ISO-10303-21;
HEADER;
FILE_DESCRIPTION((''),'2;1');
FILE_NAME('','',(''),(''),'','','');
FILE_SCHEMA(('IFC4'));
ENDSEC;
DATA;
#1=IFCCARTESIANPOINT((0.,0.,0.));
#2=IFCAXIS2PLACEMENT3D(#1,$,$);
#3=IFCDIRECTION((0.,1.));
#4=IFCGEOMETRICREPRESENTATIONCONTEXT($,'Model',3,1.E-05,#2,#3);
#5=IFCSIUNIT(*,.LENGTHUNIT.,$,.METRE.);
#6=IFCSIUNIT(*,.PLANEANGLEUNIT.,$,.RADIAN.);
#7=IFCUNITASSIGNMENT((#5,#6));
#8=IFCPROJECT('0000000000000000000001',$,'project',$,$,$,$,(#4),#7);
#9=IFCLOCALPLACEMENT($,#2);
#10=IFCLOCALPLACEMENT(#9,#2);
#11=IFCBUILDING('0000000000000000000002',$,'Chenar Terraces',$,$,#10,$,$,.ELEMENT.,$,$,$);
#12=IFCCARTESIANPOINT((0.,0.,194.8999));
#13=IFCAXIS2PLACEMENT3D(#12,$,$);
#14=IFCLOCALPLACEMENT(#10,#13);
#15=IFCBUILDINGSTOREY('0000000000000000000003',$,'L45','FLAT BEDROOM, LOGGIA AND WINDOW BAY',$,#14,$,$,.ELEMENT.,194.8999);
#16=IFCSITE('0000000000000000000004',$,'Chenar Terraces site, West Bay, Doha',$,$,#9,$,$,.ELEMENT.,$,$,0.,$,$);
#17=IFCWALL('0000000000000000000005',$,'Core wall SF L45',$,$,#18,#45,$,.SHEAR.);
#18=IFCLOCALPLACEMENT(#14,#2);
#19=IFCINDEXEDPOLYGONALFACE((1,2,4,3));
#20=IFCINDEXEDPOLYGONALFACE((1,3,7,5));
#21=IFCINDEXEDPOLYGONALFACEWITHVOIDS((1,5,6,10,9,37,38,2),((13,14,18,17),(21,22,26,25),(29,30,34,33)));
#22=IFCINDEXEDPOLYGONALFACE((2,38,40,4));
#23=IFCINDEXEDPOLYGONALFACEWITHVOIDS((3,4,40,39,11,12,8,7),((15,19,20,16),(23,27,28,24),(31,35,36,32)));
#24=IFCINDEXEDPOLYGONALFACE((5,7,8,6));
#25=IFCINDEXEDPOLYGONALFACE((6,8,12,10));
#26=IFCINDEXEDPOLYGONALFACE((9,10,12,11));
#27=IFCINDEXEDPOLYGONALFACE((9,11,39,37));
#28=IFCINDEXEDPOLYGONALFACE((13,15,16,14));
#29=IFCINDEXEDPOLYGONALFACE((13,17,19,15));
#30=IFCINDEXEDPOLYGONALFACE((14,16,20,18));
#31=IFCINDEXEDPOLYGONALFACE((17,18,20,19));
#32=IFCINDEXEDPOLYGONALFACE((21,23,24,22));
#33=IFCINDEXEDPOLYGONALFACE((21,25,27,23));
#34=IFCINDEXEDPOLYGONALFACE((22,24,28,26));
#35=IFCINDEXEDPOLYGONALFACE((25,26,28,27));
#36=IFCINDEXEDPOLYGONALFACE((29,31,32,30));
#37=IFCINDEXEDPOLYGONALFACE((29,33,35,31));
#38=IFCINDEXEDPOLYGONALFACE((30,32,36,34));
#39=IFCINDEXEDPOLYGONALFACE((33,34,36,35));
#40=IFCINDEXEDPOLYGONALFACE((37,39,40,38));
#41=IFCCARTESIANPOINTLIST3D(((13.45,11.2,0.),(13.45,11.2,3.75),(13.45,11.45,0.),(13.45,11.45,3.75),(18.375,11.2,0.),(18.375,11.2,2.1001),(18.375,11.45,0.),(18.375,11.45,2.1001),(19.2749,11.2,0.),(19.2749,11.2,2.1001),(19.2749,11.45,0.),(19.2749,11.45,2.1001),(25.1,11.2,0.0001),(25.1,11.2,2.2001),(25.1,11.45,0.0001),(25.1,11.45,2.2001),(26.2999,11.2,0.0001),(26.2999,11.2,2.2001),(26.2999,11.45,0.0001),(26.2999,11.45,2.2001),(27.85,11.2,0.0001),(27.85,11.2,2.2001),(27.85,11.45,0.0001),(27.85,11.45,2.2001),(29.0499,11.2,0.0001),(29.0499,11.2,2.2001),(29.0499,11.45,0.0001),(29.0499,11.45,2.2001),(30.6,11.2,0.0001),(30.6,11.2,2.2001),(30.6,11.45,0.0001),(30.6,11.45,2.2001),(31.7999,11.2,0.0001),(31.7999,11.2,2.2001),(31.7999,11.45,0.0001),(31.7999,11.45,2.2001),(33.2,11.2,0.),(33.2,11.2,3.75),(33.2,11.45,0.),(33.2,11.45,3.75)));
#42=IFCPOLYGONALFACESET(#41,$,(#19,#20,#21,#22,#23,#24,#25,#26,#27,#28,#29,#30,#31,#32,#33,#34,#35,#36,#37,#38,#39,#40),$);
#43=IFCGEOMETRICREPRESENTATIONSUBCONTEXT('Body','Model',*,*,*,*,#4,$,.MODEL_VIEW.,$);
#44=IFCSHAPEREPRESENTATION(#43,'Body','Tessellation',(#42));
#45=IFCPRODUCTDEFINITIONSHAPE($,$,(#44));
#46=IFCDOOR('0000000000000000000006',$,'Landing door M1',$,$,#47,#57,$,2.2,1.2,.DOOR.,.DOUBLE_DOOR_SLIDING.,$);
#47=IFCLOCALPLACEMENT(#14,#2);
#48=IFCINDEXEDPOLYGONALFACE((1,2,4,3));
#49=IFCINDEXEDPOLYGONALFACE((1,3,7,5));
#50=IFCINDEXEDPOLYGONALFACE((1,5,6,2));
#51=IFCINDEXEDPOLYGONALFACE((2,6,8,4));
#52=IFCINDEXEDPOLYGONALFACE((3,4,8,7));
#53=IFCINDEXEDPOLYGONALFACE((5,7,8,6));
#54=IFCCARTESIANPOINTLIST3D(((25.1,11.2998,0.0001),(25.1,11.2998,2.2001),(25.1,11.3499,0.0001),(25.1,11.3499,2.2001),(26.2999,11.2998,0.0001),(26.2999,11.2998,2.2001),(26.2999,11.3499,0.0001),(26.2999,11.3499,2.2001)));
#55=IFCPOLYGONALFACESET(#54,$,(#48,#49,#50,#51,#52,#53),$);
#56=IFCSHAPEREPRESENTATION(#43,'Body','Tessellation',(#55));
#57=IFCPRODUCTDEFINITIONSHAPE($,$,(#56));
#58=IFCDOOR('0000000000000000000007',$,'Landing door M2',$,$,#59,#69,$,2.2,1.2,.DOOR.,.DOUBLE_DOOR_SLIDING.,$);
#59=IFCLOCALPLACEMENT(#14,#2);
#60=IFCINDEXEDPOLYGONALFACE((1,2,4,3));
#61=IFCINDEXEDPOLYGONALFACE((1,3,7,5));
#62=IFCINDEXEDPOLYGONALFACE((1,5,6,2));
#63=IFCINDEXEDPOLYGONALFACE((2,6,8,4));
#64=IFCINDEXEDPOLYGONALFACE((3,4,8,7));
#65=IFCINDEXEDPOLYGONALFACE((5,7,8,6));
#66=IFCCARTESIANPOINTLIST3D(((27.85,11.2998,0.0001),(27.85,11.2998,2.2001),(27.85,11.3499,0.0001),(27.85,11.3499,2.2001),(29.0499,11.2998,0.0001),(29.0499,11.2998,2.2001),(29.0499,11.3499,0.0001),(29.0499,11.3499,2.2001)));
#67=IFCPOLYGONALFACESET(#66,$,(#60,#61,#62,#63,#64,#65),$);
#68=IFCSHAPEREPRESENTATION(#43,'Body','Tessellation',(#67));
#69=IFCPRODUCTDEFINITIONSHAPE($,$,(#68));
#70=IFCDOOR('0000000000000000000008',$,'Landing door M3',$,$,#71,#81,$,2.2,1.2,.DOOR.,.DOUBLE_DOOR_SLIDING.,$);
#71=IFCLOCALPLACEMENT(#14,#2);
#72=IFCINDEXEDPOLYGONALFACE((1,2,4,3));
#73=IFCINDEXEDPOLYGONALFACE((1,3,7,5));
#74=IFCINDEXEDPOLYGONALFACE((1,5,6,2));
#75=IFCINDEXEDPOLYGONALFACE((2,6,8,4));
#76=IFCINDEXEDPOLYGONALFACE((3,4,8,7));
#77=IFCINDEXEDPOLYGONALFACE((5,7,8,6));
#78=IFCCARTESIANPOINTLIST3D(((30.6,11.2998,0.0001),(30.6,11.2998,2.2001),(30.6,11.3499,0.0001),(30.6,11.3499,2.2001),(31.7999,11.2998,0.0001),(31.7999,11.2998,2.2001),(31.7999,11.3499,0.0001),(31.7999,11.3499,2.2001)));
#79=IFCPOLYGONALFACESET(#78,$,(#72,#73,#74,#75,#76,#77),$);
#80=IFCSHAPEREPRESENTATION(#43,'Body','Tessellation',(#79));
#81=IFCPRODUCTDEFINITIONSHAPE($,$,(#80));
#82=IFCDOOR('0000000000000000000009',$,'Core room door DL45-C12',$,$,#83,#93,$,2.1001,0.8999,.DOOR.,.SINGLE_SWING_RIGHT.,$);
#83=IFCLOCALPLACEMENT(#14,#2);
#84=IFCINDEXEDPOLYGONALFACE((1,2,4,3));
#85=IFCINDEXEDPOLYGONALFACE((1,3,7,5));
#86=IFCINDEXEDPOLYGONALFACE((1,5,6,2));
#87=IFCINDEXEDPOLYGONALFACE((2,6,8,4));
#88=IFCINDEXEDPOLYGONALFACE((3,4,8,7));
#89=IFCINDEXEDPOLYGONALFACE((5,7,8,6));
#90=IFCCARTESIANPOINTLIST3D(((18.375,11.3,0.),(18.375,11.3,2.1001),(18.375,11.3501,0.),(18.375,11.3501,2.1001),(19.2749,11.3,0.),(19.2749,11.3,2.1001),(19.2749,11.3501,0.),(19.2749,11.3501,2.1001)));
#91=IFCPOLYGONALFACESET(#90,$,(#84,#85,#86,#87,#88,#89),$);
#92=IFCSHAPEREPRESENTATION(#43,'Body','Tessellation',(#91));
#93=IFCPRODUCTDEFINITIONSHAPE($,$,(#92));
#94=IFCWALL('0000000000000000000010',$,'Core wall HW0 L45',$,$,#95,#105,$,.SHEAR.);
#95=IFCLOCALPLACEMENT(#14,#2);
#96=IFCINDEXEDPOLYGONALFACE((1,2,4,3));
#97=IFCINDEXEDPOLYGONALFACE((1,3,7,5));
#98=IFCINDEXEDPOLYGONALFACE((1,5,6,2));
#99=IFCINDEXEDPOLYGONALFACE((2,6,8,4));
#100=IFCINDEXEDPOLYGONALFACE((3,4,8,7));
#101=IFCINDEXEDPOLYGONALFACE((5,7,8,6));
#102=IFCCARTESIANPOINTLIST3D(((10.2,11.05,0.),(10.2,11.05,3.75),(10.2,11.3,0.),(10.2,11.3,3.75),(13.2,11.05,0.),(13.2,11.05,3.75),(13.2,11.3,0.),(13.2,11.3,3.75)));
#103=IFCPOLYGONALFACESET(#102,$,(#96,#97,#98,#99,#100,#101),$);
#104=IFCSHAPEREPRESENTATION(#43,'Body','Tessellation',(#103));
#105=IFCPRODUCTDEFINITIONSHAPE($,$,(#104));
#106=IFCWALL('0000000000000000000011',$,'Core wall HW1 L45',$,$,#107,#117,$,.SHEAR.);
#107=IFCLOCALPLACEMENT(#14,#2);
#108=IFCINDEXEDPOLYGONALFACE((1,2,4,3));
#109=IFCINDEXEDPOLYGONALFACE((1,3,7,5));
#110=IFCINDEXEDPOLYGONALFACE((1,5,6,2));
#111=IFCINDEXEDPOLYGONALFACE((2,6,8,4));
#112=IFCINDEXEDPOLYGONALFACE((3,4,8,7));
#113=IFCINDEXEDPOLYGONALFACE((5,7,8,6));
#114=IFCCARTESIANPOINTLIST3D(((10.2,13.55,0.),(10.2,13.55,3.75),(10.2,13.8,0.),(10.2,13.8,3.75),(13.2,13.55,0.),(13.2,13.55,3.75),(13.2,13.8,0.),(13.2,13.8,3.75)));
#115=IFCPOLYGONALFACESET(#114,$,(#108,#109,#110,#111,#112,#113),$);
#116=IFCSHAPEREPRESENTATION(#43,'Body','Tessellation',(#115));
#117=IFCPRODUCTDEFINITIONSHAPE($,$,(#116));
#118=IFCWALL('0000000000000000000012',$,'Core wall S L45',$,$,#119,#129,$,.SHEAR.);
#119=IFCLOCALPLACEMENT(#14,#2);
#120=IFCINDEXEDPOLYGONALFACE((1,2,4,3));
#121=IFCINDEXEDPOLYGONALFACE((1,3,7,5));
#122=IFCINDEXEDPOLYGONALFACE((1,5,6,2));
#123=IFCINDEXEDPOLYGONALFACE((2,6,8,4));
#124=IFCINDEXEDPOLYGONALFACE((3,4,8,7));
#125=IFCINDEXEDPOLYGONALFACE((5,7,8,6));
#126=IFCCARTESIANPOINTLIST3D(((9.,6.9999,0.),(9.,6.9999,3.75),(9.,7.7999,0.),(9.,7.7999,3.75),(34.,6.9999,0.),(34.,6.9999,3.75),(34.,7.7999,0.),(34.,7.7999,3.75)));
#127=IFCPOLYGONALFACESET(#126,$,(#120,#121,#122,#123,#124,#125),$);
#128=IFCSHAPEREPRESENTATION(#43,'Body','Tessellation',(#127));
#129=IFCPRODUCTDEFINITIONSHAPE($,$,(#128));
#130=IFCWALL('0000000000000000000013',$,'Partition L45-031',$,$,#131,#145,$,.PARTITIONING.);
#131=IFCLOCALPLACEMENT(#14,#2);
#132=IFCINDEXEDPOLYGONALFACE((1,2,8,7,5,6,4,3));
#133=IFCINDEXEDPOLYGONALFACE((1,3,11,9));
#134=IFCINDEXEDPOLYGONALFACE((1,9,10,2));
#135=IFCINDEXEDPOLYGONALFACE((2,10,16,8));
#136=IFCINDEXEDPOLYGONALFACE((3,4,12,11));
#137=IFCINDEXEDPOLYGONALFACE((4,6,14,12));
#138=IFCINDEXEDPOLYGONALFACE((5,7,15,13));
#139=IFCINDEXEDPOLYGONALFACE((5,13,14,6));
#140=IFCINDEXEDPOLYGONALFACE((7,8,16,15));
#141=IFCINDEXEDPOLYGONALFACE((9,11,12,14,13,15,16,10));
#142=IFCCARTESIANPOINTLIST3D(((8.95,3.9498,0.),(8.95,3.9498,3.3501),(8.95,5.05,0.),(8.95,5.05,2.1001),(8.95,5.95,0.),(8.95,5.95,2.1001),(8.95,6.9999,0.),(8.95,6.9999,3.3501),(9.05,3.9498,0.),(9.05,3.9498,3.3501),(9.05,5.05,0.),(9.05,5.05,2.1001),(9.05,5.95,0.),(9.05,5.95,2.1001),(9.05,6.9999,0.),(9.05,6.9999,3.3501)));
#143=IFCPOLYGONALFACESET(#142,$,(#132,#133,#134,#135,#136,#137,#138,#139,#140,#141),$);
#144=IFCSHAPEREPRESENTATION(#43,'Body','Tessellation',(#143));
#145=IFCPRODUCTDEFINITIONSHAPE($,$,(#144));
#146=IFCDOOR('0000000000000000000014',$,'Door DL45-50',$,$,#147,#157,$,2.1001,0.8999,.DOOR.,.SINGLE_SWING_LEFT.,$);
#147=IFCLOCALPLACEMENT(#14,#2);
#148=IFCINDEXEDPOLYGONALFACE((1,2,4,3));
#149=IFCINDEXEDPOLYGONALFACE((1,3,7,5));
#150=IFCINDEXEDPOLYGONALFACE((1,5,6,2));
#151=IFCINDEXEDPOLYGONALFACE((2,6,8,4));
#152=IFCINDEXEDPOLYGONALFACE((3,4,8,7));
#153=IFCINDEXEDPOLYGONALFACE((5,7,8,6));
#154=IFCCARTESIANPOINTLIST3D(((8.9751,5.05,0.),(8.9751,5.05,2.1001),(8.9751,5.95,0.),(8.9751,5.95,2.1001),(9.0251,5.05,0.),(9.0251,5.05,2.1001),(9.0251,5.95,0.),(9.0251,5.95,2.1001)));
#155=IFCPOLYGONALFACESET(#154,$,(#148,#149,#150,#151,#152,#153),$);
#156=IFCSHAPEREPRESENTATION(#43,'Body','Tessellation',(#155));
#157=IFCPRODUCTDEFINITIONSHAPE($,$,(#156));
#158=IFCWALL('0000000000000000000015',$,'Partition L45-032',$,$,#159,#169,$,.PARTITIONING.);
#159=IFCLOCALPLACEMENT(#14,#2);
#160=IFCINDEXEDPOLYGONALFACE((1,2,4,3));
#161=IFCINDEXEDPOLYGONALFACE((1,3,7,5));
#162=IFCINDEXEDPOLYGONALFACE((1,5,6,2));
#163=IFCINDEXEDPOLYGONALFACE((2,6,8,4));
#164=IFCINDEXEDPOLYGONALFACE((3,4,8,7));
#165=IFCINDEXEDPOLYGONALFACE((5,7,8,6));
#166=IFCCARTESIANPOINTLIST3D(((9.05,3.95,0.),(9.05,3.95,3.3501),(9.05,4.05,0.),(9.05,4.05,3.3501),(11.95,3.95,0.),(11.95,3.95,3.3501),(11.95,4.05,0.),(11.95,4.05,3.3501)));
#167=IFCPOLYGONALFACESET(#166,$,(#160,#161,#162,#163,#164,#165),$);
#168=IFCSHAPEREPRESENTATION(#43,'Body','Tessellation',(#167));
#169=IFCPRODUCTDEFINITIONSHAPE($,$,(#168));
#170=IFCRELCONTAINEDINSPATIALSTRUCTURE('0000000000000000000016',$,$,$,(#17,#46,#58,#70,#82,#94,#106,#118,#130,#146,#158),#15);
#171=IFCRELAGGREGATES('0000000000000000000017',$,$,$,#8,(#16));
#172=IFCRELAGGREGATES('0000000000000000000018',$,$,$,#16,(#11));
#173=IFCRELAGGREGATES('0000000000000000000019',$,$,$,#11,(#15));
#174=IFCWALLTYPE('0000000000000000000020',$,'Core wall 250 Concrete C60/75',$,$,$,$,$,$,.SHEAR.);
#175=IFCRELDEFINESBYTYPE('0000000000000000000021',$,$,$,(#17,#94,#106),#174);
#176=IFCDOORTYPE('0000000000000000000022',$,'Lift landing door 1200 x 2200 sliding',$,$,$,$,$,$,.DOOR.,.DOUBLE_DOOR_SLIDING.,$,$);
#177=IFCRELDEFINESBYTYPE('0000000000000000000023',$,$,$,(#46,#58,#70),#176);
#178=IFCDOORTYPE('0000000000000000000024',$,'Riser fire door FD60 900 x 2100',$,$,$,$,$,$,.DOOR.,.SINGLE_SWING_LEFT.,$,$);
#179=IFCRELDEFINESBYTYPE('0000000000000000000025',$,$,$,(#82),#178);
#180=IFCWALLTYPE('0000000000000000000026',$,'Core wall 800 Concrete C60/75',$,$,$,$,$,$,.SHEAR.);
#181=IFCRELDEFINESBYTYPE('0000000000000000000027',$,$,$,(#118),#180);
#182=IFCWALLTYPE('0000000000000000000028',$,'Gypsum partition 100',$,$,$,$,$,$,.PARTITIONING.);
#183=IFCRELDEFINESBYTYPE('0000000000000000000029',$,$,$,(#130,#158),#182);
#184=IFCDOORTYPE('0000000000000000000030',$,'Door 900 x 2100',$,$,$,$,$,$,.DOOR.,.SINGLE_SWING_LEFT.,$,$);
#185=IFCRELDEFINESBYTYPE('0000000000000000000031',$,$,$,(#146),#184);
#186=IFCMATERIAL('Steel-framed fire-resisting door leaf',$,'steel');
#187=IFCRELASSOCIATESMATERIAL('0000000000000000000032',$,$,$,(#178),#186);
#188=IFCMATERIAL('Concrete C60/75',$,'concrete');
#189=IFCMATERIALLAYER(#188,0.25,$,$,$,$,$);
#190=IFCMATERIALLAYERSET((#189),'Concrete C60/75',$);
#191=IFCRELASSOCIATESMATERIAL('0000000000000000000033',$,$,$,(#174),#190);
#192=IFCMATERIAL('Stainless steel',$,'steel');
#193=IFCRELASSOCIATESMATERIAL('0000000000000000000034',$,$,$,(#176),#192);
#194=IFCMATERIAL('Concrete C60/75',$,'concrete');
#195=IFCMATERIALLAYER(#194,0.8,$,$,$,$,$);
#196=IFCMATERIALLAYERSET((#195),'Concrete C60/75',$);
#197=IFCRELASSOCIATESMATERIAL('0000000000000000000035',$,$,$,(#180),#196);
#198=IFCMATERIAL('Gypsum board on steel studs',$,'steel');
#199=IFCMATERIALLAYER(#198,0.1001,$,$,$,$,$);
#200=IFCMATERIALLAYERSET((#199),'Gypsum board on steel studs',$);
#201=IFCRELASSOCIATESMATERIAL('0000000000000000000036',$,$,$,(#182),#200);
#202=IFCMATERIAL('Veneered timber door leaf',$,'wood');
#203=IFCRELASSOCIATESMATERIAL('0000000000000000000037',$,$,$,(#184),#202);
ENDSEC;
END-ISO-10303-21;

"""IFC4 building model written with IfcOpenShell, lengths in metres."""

from ifc_helpers import new_model, si_unit, direction, frame, frame_2d, origin, place, context, subcontext, project, spatial, rectangle, extrude, material, layer, layer_set, type_object, element, fill, save


model = new_model("IFC4")

# Units and contexts
model_context = context("Model", 3, precision=1e-05, world=origin(), true_north=direction((0.0, 1.0)))
body_context = subcontext(model_context, "Body", "Model", "MODEL_VIEW")
ifc_project = project(units=[si_unit("LENGTHUNIT", "METRE"), si_unit("PLANEANGLEUNIT", "RADIAN")], contexts=[model_context])

# Site, building, storey
site_placement = place(None, origin())
site = spatial("IfcSite", under=ifc_project, at=site_placement, Name="Chenar Terraces site, West Bay, Doha", CompositionType="ELEMENT", RefElevation=0.0)
building_placement = place(site_placement, origin())
building = spatial("IfcBuilding", under=site, at=building_placement, Name="Chenar Terraces", CompositionType="ELEMENT")
storey_placement = place(building_placement, frame((0.0, 0.0, 194.8999)))
storey = spatial("IfcBuildingStorey", under=building, at=storey_placement, Name="L45", Description="FLAT BEDROOM, LOGGIA AND WINDOW BAY", CompositionType="ELEMENT", Elevation=194.8999)

# Shared definitions
ifc_material_1 = material(Name="Steel-framed fire-resisting door leaf", Category="steel")
door_type_1 = type_object("IfcDoorType", Name="Riser fire door FD60 900 x 2100", OperationType="SINGLE_SWING_LEFT", PredefinedType="DOOR", material=ifc_material_1)

# Shared definitions
ifc_material_2 = material(Name="Concrete C60/75", Category="concrete")
ifc_layer_1 = layer(ifc_material_2, 0.25)
ifc_layer_set_1 = layer_set([ifc_layer_1], Name="Concrete C60/75")
wall_type_1 = type_object("IfcWallType", Name="Core wall 250 Concrete C60/75", PredefinedType="SHEAR", material=ifc_layer_set_1)

# Wall, openings, doors
wall_1_placement = place(storey_placement, frame((13.45, 11.325, 0.0), z_axis=(0.0, 0.0, 1.0), x_axis=(1.0, 0.0, 0.0)))
wall_1 = element("IfcWall", 1, at=wall_1_placement, inside=storey, type_object=wall_type_1, Name="Core wall SF L45", PredefinedType="SHEAR", context=body_context, shape_type="SweptSolid", body=[
    extrude(rectangle(XDim=19.75, YDim=0.25, at=frame_2d((9.875, 0.0))), origin(), (0.0, 0.0, 1.0), 3.75),
])
opening_1_placement = place(wall_1_placement, frame((11.6499, 0.0, 0.0)))
opening_1 = element("IfcOpeningElement", 2, at=opening_1_placement, cuts=wall_1, PredefinedType="OPENING", context=body_context, shape_type="SweptSolid", body=[
    extrude(rectangle(XDim=1.2, YDim=2.2, at=frame_2d((0.6001, 1.1001))), frame((0.0, 0.135, 0.0), z_axis=(0.0, -1.0, 0.0), x_axis=(1.0, 0.0, 0.0)), (0.0, 0.0, 1.0), 0.27),
])
opening_2_placement = place(wall_1_placement, frame((14.3999, 0.0, 0.0)))
opening_2 = element("IfcOpeningElement", 3, at=opening_2_placement, cuts=wall_1, PredefinedType="OPENING", context=body_context, shape_type="SweptSolid", body=[
    extrude(rectangle(XDim=1.2, YDim=2.2, at=frame_2d((0.6001, 1.1001))), frame((0.0, 0.135, 0.0), z_axis=(0.0, -1.0, 0.0), x_axis=(1.0, 0.0, 0.0)), (0.0, 0.0, 1.0), 0.27),
])
opening_3_placement = place(wall_1_placement, frame((17.1499, 0.0, 0.0)))
opening_3 = element("IfcOpeningElement", 4, at=opening_3_placement, cuts=wall_1, PredefinedType="OPENING", context=body_context, shape_type="SweptSolid", body=[
    extrude(rectangle(XDim=1.2, YDim=2.2, at=frame_2d((0.6001, 1.1001))), frame((0.0, 0.135, 0.0), z_axis=(0.0, -1.0, 0.0), x_axis=(1.0, 0.0, 0.0)), (0.0, 0.0, 1.0), 0.27),
])
opening_4_placement = place(wall_1_placement, frame((4.925, 0.0, 0.0)))
opening_4 = element("IfcOpeningElement", 5, at=opening_4_placement, cuts=wall_1, PredefinedType="OPENING", context=body_context, shape_type="SweptSolid", body=[
    extrude(rectangle(XDim=0.8999, YDim=2.1001, at=frame_2d((0.45, 1.05))), frame((0.0, 0.135, 0.0), z_axis=(0.0, -1.0, 0.0), x_axis=(1.0, 0.0, 0.0)), (0.0, 0.0, 1.0), 0.27),
])
ifc_material_3 = material(Name="Stainless steel", Category="steel")
door_type_2 = type_object("IfcDoorType", Name="Lift landing door 1200 x 2200 sliding", OperationType="DOUBLE_DOOR_SLIDING", PredefinedType="DOOR", material=ifc_material_3)
door_1_placement = place(opening_1_placement, origin())
door_1 = element("IfcDoor", 6, at=door_1_placement, inside=storey, type_object=door_type_2, Name="Landing door M1", OperationType="DOUBLE_DOOR_SLIDING", OverallHeight=2.2, OverallWidth=1.2, PredefinedType="DOOR", context=body_context, shape_type="SweptSolid", body=[
    extrude(rectangle(XDim=1.2, YDim=2.2, at=frame_2d((0.6001, 1.1001))), frame((0.0, 0.0249, 0.0), z_axis=(0.0, -1.0, 0.0), x_axis=(1.0, 0.0, 0.0)), (0.0, 0.0, 1.0), 0.05),
])
fill(opening_1, door_1)
door_2_placement = place(opening_2_placement, origin())
door_2 = element("IfcDoor", 7, at=door_2_placement, inside=storey, type_object=door_type_2, Name="Landing door M2", OperationType="DOUBLE_DOOR_SLIDING", OverallHeight=2.2, OverallWidth=1.2, PredefinedType="DOOR", context=body_context, shape_type="SweptSolid", body=[
    extrude(rectangle(XDim=1.2, YDim=2.2, at=frame_2d((0.6001, 1.1001))), frame((0.0, 0.0249, 0.0), z_axis=(0.0, -1.0, 0.0), x_axis=(1.0, 0.0, 0.0)), (0.0, 0.0, 1.0), 0.05),
])
fill(opening_2, door_2)
door_3_placement = place(opening_3_placement, origin())
door_3 = element("IfcDoor", 8, at=door_3_placement, inside=storey, type_object=door_type_2, Name="Landing door M3", OperationType="DOUBLE_DOOR_SLIDING", OverallHeight=2.2, OverallWidth=1.2, PredefinedType="DOOR", context=body_context, shape_type="SweptSolid", body=[
    extrude(rectangle(XDim=1.2, YDim=2.2, at=frame_2d((0.6001, 1.1001))), frame((0.0, 0.0249, 0.0), z_axis=(0.0, -1.0, 0.0), x_axis=(1.0, 0.0, 0.0)), (0.0, 0.0, 1.0), 0.05),
])
fill(opening_3, door_3)
door_4_placement = place(opening_4_placement, frame((0.8999, 0.0, 0.0), z_axis=(0.0, 0.0, 1.0), x_axis=(-1.0, 0.0, 0.0)))
door_4 = element("IfcDoor", 9, at=door_4_placement, inside=storey, type_object=door_type_1, Name="Core room door DL45-C12", OperationType="SINGLE_SWING_RIGHT", OverallHeight=2.1001, OverallWidth=0.8999, PredefinedType="DOOR", context=body_context, shape_type="SweptSolid", body=[
    extrude(rectangle(XDim=0.8999, YDim=2.1001, at=frame_2d((0.45, 1.05))), frame((0.0, 0.0249, 0.0), z_axis=(0.0, -1.0, 0.0), x_axis=(1.0, 0.0, 0.0)), (0.0, 0.0, 1.0), 0.05),
])
fill(opening_4, door_4)

# Walls
for number, where, z_axis, x_axis, name in (
    (10, (10.2, 11.175, 0.0), (0.0, 0.0, 1.0), (1.0, 0.0, 0.0), "Core wall HW0 L45"),
    (11, (10.2, 13.675, 0.0), (0.0, 0.0, 1.0), (1.0, 0.0, 0.0), "Core wall HW1 L45"),
):
    element("IfcWall", number, at=place(storey_placement, frame(where, z_axis=z_axis, x_axis=x_axis)), inside=storey, type_object=wall_type_1, Name=name, PredefinedType="SHEAR", context=body_context, shape_type="SweptSolid", body=[
        extrude(rectangle(XDim=3.0, YDim=0.25, at=frame_2d((1.5, 0.0))), origin(), (0.0, 0.0, 1.0), 3.75),
    ])
ifc_material_4 = material(Name="Concrete C60/75", Category="concrete")
ifc_layer_2 = layer(ifc_material_4, 0.8)
ifc_layer_set_2 = layer_set([ifc_layer_2], Name="Concrete C60/75")
wall_type_2 = type_object("IfcWallType", Name="Core wall 800 Concrete C60/75", PredefinedType="SHEAR", material=ifc_layer_set_2)
wall_2_placement = place(storey_placement, frame((9.0, 7.3999, 0.0), z_axis=(0.0, 0.0, 1.0), x_axis=(1.0, 0.0, 0.0)))
element("IfcWall", 12, at=wall_2_placement, inside=storey, type_object=wall_type_2, Name="Core wall S L45", PredefinedType="SHEAR", context=body_context, shape_type="SweptSolid", body=[
    extrude(rectangle(XDim=25.0, YDim=0.8, at=frame_2d((12.5, 0.0))), origin(), (0.0, 0.0, 1.0), 3.75),
])

# Wall, opening, door
ifc_material_5 = material(Name="Gypsum board on steel studs", Category="steel")
ifc_layer_3 = layer(ifc_material_5, 0.1001)
ifc_layer_set_3 = layer_set([ifc_layer_3], Name="Gypsum board on steel studs")
wall_type_3 = type_object("IfcWallType", Name="Gypsum partition 100", PredefinedType="PARTITIONING", material=ifc_layer_set_3)
wall_3_placement = place(storey_placement, frame((9.0, 3.95, 0.0), z_axis=(0.0, 0.0, 1.0), x_axis=(0.0, 1.0, 0.0)))
wall_3 = element("IfcWall", 13, at=wall_3_placement, inside=storey, type_object=wall_type_3, Name="Partition L45-031", PredefinedType="PARTITIONING", context=body_context, shape_type="SweptSolid", body=[
    extrude(rectangle(XDim=3.05, YDim=0.1001, at=frame_2d((1.5249, 0.0))), origin(), (0.0, 0.0, 1.0), 3.3501),
])
opening_5_placement = place(wall_3_placement, frame((1.1001, 0.0, 0.0)))
opening_5 = element("IfcOpeningElement", 14, at=opening_5_placement, cuts=wall_3, PredefinedType="OPENING", context=body_context, shape_type="SweptSolid", body=[
    extrude(rectangle(XDim=0.8999, YDim=2.1001, at=frame_2d((0.45, 1.05))), frame((0.0, 0.0601, 0.0), z_axis=(0.0, -1.0, 0.0), x_axis=(1.0, 0.0, 0.0)), (0.0, 0.0, 1.0), 0.1201),
])
ifc_material_6 = material(Name="Veneered timber door leaf", Category="wood")
door_type_3 = type_object("IfcDoorType", Name="Door 900 x 2100", OperationType="SINGLE_SWING_LEFT", PredefinedType="DOOR", material=ifc_material_6)
door_5_placement = place(opening_5_placement, origin())
door_5 = element("IfcDoor", 15, at=door_5_placement, inside=storey, type_object=door_type_3, Name="Door DL45-50", OperationType="SINGLE_SWING_LEFT", OverallHeight=2.1001, OverallWidth=0.8999, PredefinedType="DOOR", context=body_context, shape_type="SweptSolid", body=[
    extrude(rectangle(XDim=0.8999, YDim=2.1001, at=frame_2d((0.45, 1.05))), frame((0.0, 0.0249, 0.0), z_axis=(0.0, -1.0, 0.0), x_axis=(1.0, 0.0, 0.0)), (0.0, 0.0, 1.0), 0.05),
])
fill(opening_5, door_5)

# Wall
wall_4_placement = place(storey_placement, frame((9.05, 4.0, 0.0), z_axis=(0.0, 0.0, 1.0), x_axis=(1.0, 0.0, 0.0)))
element("IfcWall", 16, at=wall_4_placement, inside=storey, type_object=wall_type_3, Name="Partition L45-032", PredefinedType="PARTITIONING", context=body_context, shape_type="SweptSolid", body=[
    extrude(rectangle(XDim=2.8999, YDim=0.1001, at=frame_2d((1.45, 0.0))), origin(), (0.0, 0.0, 1.0), 3.3501),
])

save(model, "model.ifc")
